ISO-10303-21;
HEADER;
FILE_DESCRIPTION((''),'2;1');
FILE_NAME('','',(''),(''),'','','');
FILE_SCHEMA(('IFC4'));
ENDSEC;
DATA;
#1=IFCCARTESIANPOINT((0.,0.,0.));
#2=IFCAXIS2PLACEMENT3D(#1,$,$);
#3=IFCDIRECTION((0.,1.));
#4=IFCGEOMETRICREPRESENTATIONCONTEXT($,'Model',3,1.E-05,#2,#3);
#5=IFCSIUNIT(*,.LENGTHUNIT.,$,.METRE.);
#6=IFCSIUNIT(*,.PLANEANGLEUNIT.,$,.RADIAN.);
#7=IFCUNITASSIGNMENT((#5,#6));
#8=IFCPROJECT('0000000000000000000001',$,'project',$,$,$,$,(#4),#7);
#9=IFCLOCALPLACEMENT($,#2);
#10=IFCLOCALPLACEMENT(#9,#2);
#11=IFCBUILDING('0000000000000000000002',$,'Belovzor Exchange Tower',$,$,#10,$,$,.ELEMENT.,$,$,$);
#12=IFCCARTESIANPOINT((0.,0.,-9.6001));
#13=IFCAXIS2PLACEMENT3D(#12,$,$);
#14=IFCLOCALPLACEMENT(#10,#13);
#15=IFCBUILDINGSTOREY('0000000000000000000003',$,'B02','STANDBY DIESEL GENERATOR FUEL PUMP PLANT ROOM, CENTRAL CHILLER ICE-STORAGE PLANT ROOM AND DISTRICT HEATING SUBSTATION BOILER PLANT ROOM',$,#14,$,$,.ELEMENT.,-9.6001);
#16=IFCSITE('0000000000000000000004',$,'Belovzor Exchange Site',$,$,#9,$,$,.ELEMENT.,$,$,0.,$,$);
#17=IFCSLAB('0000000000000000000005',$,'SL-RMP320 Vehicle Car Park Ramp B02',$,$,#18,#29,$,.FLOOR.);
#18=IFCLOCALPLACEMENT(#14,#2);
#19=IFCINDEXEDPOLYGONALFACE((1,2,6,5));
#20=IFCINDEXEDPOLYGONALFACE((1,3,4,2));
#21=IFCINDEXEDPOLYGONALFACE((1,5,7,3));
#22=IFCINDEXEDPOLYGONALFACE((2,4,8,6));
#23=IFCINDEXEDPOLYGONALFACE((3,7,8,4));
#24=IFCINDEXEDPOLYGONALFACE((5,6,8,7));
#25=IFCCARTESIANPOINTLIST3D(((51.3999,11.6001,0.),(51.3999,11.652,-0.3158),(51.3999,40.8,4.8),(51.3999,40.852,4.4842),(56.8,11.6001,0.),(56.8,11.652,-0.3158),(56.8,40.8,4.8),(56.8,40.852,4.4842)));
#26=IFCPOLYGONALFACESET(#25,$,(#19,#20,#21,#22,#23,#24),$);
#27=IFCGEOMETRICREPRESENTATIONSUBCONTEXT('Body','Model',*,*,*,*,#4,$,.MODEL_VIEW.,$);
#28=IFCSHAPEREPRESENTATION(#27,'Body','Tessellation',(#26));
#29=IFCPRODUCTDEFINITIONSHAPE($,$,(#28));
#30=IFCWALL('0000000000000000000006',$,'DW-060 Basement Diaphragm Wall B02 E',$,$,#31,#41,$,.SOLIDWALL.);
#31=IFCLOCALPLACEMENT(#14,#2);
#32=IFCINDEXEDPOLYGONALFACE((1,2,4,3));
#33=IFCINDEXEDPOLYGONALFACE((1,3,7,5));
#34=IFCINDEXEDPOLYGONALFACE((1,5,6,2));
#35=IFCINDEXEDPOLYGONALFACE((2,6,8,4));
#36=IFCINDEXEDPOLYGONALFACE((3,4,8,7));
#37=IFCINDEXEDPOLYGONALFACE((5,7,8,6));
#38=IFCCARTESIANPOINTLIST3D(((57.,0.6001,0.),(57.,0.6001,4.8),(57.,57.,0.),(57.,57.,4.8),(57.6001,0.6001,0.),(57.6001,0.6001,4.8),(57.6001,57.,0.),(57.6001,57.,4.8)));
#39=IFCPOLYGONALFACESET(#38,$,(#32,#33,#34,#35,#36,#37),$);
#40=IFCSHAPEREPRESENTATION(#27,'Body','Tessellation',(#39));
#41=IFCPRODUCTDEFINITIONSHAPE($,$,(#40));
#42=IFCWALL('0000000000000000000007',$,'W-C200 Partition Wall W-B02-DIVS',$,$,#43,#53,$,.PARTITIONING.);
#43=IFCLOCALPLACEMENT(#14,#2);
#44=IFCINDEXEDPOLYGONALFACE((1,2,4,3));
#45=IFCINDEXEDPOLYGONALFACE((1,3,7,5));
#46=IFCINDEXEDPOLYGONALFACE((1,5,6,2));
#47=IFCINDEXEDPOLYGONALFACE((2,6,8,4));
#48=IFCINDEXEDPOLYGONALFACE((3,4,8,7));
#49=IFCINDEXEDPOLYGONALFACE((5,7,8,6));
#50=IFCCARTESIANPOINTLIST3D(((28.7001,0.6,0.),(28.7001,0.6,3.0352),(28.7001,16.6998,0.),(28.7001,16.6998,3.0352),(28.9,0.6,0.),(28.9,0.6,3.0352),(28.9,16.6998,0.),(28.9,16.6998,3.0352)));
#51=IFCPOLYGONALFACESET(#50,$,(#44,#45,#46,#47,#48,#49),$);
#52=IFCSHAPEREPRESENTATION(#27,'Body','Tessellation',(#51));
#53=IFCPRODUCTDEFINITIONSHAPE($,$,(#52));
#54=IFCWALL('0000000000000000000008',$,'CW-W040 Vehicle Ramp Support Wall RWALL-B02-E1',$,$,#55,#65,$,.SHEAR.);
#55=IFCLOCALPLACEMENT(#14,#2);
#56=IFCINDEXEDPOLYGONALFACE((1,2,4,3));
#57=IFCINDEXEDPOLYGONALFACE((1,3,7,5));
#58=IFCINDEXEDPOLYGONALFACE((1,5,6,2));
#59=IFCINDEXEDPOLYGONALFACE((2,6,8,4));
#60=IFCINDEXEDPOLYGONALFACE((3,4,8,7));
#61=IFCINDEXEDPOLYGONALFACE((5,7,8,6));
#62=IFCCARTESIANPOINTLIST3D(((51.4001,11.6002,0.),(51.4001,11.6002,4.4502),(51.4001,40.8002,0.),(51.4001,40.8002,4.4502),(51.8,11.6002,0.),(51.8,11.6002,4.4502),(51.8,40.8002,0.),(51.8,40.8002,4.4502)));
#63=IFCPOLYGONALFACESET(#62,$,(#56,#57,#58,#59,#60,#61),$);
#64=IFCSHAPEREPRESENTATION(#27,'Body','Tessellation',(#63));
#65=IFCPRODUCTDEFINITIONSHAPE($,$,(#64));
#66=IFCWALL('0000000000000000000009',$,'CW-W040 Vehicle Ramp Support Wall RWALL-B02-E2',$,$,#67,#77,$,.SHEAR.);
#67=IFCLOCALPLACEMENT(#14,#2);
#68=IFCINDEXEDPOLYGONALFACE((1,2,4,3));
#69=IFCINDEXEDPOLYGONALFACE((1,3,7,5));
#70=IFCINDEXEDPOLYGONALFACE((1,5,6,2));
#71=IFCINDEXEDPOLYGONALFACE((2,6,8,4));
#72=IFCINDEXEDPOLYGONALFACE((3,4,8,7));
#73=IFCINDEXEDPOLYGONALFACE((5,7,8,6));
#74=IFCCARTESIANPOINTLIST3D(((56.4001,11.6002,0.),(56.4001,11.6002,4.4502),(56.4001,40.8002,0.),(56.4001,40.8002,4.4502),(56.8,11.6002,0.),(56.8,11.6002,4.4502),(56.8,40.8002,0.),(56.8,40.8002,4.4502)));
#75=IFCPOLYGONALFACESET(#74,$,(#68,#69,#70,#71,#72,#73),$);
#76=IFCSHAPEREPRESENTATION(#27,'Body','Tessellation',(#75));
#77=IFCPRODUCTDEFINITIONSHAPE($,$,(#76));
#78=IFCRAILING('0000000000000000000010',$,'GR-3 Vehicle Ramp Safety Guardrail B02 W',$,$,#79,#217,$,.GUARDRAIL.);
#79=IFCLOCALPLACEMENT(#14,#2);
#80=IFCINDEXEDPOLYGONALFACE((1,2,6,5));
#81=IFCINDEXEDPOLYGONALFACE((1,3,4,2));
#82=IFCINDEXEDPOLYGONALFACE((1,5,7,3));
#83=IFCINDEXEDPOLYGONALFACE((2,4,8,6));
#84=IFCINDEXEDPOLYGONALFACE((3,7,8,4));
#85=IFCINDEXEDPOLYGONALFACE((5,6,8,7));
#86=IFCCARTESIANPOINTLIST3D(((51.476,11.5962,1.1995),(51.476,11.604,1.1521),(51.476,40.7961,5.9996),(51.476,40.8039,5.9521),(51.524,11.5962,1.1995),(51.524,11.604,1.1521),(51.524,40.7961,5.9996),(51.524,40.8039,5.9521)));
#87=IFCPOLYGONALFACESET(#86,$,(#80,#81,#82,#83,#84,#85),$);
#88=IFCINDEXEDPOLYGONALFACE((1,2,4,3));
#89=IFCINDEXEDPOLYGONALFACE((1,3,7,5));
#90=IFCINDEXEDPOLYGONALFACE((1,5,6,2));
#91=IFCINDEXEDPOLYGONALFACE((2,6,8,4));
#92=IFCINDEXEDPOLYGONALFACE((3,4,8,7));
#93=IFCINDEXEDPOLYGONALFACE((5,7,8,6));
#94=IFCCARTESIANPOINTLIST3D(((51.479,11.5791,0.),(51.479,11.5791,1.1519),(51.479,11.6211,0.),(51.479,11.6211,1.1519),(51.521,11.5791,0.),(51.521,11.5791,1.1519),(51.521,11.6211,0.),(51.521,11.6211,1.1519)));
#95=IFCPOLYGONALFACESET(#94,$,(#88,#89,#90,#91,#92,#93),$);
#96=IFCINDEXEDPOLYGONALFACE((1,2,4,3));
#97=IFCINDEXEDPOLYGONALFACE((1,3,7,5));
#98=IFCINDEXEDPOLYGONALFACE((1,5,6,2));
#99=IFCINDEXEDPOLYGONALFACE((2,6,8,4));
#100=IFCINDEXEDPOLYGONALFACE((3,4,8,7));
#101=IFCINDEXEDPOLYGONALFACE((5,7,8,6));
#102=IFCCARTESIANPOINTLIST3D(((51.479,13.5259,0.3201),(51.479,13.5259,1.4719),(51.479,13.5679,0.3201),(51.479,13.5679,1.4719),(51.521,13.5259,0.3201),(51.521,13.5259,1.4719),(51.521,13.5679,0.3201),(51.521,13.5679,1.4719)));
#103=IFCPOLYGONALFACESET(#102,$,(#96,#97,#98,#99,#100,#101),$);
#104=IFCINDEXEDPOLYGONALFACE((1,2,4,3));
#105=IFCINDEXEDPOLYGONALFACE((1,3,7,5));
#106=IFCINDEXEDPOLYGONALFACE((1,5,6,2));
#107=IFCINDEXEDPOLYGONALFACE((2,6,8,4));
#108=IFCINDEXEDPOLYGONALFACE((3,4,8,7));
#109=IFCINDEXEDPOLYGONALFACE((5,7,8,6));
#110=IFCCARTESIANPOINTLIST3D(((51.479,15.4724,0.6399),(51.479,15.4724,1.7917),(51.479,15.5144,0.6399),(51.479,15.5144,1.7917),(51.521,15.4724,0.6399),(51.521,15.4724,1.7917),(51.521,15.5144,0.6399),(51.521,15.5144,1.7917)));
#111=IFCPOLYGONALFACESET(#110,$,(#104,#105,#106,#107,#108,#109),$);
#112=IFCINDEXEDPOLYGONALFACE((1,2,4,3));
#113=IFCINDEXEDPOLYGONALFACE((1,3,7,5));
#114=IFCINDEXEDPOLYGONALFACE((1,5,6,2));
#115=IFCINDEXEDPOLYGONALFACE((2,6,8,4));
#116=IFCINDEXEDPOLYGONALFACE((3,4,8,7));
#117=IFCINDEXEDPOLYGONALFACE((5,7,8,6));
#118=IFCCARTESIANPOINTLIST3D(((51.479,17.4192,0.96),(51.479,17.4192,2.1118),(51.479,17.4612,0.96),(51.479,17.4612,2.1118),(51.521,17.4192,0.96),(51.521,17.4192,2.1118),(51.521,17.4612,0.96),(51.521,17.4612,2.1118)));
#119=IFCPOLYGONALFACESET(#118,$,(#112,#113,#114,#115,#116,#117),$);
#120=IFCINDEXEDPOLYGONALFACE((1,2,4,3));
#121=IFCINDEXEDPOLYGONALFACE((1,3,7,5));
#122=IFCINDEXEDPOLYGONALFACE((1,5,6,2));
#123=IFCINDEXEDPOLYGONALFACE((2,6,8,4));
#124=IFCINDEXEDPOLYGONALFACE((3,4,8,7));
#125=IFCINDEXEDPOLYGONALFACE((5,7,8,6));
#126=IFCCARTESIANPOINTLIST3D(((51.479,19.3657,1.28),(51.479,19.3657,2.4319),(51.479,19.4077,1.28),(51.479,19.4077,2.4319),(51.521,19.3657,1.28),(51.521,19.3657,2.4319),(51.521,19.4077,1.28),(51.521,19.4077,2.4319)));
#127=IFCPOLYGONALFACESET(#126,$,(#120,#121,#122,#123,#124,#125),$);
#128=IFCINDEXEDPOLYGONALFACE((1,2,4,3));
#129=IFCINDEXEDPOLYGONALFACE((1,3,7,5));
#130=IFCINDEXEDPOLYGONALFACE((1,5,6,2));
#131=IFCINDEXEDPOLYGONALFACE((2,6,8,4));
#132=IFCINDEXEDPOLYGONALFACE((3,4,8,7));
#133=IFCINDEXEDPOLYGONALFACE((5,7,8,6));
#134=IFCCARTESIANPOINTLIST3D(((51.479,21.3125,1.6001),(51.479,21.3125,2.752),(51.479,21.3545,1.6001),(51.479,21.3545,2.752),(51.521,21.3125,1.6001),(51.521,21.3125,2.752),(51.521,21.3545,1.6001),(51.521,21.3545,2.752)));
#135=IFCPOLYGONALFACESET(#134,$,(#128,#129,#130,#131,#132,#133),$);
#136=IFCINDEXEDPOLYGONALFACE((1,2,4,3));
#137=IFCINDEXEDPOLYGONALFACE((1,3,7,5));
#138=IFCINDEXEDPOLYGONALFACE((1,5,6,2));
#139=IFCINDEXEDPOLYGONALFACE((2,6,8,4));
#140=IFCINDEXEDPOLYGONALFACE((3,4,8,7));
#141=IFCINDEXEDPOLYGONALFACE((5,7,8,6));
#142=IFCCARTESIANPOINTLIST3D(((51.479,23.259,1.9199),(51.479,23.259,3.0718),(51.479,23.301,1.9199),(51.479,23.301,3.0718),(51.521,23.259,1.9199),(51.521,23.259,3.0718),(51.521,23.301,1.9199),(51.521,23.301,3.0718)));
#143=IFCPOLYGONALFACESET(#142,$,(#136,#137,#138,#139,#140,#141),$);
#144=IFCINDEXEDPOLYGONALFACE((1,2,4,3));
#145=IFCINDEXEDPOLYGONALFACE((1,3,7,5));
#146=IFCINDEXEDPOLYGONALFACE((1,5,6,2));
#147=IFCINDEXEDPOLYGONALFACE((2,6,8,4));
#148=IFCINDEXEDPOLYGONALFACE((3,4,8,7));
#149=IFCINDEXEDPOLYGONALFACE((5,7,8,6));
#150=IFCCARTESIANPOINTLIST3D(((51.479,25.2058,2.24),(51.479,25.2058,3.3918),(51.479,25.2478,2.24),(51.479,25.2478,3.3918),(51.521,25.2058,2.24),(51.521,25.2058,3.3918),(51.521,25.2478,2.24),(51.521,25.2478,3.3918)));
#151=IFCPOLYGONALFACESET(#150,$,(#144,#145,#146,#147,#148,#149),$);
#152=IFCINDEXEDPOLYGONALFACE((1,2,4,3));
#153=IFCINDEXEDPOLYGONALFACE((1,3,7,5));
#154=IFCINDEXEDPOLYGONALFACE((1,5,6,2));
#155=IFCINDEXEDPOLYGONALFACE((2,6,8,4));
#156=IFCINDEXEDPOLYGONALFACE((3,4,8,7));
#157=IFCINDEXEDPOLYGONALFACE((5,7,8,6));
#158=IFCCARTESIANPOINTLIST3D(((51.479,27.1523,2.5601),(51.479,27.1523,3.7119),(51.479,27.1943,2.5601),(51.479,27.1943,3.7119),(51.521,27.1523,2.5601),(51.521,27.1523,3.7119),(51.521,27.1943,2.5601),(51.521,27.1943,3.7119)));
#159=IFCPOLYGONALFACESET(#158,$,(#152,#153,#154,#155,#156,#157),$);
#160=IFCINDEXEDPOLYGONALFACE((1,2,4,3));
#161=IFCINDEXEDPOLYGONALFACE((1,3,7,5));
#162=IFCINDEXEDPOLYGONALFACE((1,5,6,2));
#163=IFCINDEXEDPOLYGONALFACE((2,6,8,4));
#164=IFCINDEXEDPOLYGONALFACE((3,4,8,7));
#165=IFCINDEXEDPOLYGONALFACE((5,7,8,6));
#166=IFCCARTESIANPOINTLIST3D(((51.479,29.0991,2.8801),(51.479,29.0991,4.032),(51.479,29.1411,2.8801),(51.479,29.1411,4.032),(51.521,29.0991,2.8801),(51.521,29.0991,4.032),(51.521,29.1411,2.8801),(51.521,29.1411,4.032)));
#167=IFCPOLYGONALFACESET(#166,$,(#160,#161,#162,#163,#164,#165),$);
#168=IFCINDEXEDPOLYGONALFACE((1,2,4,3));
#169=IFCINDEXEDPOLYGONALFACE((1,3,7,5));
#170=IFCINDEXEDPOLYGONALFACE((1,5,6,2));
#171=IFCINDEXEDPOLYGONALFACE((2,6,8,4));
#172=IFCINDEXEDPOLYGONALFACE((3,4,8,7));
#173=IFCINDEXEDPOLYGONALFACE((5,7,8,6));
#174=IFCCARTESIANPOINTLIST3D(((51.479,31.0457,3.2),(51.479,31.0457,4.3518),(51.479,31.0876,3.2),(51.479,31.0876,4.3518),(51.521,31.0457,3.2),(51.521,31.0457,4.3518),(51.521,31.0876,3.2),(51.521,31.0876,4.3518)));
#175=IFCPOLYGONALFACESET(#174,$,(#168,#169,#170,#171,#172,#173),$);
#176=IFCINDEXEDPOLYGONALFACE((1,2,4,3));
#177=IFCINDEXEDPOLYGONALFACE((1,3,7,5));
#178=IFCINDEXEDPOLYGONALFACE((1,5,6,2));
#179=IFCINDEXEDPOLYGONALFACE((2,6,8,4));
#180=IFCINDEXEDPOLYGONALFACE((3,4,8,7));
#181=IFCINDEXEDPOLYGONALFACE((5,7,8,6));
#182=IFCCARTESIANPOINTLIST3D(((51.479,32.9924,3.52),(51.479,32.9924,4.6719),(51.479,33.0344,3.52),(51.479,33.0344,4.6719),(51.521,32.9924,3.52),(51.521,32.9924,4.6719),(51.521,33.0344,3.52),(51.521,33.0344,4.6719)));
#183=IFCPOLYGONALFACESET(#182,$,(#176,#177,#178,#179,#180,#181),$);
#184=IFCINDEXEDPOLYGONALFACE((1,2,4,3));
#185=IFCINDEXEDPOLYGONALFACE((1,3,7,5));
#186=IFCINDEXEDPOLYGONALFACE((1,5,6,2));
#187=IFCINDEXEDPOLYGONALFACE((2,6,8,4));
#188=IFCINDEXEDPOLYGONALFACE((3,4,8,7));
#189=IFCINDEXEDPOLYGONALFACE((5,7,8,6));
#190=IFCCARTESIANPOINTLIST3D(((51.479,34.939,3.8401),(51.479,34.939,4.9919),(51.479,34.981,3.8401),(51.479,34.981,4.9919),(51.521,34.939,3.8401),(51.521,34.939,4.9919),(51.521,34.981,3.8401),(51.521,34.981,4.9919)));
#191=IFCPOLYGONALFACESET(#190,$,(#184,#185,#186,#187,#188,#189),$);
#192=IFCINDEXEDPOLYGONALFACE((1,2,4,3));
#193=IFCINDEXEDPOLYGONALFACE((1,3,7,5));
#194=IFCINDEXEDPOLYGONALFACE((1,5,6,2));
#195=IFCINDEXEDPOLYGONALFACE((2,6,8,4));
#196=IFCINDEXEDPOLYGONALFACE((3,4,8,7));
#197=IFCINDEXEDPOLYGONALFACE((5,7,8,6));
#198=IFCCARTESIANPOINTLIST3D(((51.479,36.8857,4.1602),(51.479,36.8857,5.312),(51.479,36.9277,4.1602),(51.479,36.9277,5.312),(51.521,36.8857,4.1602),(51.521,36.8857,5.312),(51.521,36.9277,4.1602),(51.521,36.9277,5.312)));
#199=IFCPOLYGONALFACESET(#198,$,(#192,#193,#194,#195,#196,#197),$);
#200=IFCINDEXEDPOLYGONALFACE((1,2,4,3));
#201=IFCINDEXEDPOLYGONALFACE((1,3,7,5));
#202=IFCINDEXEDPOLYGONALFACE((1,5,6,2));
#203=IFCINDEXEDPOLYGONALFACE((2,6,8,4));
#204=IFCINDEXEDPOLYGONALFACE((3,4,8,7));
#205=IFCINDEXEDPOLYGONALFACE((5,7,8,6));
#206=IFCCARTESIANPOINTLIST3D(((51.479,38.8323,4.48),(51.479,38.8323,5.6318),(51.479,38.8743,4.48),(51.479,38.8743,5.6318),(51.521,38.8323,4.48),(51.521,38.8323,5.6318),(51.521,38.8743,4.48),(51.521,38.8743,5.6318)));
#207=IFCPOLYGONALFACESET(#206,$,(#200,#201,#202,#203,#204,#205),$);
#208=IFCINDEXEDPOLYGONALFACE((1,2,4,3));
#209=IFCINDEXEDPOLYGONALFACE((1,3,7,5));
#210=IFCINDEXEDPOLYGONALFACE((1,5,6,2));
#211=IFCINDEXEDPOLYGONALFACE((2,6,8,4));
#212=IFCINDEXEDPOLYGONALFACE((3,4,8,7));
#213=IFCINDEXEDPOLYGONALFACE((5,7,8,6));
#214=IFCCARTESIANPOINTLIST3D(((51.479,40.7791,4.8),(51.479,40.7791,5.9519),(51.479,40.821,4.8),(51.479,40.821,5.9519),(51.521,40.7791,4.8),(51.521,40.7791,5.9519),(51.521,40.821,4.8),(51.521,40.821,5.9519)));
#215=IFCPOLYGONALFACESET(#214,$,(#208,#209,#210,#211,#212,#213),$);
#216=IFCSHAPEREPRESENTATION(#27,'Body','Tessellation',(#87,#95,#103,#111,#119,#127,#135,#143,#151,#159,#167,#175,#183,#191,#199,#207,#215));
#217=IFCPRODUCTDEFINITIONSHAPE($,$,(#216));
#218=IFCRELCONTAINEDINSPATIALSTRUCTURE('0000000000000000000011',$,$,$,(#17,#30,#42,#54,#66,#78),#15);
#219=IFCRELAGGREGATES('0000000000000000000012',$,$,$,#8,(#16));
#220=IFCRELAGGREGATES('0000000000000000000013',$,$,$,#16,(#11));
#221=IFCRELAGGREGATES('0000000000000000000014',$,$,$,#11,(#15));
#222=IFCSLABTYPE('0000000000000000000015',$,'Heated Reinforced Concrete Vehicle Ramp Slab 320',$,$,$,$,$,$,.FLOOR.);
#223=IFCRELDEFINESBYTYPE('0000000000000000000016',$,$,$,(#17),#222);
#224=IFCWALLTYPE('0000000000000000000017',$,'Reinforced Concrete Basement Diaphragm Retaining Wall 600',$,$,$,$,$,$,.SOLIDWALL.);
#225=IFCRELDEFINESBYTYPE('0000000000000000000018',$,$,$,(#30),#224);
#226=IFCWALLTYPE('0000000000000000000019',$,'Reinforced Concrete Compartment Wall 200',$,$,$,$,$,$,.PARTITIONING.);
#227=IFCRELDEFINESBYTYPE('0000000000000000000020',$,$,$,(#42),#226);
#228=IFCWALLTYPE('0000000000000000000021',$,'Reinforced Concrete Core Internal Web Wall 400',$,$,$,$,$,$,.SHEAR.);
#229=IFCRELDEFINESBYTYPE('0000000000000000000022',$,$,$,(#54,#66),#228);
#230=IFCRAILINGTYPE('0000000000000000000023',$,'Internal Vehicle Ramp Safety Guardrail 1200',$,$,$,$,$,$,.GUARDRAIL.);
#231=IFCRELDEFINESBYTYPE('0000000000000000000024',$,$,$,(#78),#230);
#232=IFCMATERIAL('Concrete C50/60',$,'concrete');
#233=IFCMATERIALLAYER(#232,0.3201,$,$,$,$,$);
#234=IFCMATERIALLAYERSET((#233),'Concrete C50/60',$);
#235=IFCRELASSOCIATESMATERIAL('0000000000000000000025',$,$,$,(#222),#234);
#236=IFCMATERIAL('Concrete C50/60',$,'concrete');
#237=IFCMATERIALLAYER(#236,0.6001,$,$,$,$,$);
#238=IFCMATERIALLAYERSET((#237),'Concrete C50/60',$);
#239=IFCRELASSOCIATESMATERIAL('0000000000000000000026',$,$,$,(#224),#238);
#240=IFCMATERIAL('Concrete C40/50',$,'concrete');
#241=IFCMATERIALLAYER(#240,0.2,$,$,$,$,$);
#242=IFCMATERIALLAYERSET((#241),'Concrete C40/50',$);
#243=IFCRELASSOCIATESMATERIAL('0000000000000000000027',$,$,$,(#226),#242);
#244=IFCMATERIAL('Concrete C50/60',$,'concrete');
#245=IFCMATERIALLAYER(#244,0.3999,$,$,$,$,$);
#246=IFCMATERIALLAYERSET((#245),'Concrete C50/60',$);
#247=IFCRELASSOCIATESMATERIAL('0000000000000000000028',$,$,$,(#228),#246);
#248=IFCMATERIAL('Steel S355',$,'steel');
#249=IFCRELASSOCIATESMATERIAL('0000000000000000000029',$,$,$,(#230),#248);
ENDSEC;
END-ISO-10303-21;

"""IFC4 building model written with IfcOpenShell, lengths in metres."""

from ifc_helpers import new_model, si_unit, direction, frame, frame_2d, origin, origin_2d, place, context, subcontext, project, spatial, polyline, rectangle, outline, extrude, material, layer, layer_set, type_object, element, save


model = new_model("IFC4")

# Units and contexts
model_context = context("Model", 3, precision=1e-05, world=origin(), true_north=direction((0.0, 1.0)))
body_context = subcontext(model_context, "Body", "Model", "MODEL_VIEW")
ifc_project = project(units=[si_unit("LENGTHUNIT", "METRE"), si_unit("PLANEANGLEUNIT", "RADIAN")], contexts=[model_context])

# Site, building, storey
site_placement = place(None, origin())
site = spatial("IfcSite", under=ifc_project, at=site_placement, Name="Belovzor Exchange Site", CompositionType="ELEMENT", RefElevation=0.0)
building_placement = place(site_placement, origin())
building = spatial("IfcBuilding", under=site, at=building_placement, Name="Belovzor Exchange Tower", CompositionType="ELEMENT")
storey_placement = place(building_placement, frame((0.0, 0.0, -9.6001)))
storey = spatial("IfcBuildingStorey", under=building, at=storey_placement, Name="B02", Description="STANDBY DIESEL GENERATOR FUEL PUMP PLANT ROOM, CENTRAL CHILLER ICE-STORAGE PLANT ROOM AND DISTRICT HEATING SUBSTATION BOILER PLANT ROOM", CompositionType="ELEMENT", Elevation=-9.6001)

# Slab
ifc_material_1 = material(Name="Concrete C50/60", Category="concrete")
ifc_layer_1 = layer(ifc_material_1, 0.3201)
ifc_layer_set_1 = layer_set([ifc_layer_1], Name="Concrete C50/60")
slab_type = type_object("IfcSlabType", Name="Heated Reinforced Concrete Vehicle Ramp Slab 320", PredefinedType="FLOOR", material=ifc_layer_set_1)
slab_placement = place(storey_placement, frame((51.3999, 11.6001, 0.0), z_axis=(0.0, -0.162208, 0.986757), x_axis=(1.0, 0.0, 0.0)))
element("IfcSlab", 1, at=slab_placement, inside=storey, type_object=slab_type, Name="SL-RMP320 Vehicle Car Park Ramp B02", PredefinedType="FLOOR", context=body_context, shape_type="SweptSolid", body=[
    extrude(outline(polyline([(0.0, 0.0), (5.4001, 0.0), (5.4001, 29.5919), (0.0, 29.5919), (0.0, 0.0)])), origin(), (0.0, 0.0, -1.0), 0.3201),
])

# Walls
ifc_material_2 = material(Name="Concrete C50/60", Category="concrete")
ifc_layer_2 = layer(ifc_material_2, 0.6001)
ifc_layer_set_2 = layer_set([ifc_layer_2], Name="Concrete C50/60")
wall_type_1 = type_object("IfcWallType", Name="Reinforced Concrete Basement Diaphragm Retaining Wall 600", PredefinedType="SOLIDWALL", material=ifc_layer_set_2)
wall_1_placement = place(storey_placement, frame((57.3, 0.6001, 0.0), z_axis=(0.0, 0.0, 1.0), x_axis=(0.0, 1.0, 0.0)))
element("IfcWall", 2, at=wall_1_placement, inside=storey, type_object=wall_type_1, Name="DW-060 Basement Diaphragm Wall B02 E", PredefinedType="SOLIDWALL", context=body_context, shape_type="SweptSolid", body=[
    extrude(rectangle(XDim=56.3999, YDim=0.6001, at=frame_2d((28.2, 0.0))), origin(), (0.0, 0.0, 1.0), 4.8),
])
ifc_material_3 = material(Name="Concrete C40/50", Category="concrete")
ifc_layer_3 = layer(ifc_material_3, 0.2)
ifc_layer_set_3 = layer_set([ifc_layer_3], Name="Concrete C40/50")
wall_type_2 = type_object("IfcWallType", Name="Reinforced Concrete Compartment Wall 200", PredefinedType="PARTITIONING", material=ifc_layer_set_3)
wall_2_placement = place(storey_placement, frame((28.8, 0.6001, 0.0), z_axis=(0.0, 0.0, 1.0), x_axis=(0.0, 1.0, 0.0)))
element("IfcWall", 3, at=wall_2_placement, inside=storey, type_object=wall_type_2, Name="W-C200 Partition Wall W-B02-DIVS", PredefinedType="PARTITIONING", context=body_context, shape_type="SweptSolid", body=[
    extrude(rectangle(XDim=16.0999, YDim=0.2, at=frame_2d((8.0498, 0.0))), origin(), (0.0, 0.0, 1.0), 3.0352),
])
ifc_material_4 = material(Name="Concrete C50/60", Category="concrete")
ifc_layer_4 = layer(ifc_material_4, 0.3999)
ifc_layer_set_4 = layer_set([ifc_layer_4], Name="Concrete C50/60")
wall_type_3 = type_object("IfcWallType", Name="Reinforced Concrete Core Internal Web Wall 400", PredefinedType="SHEAR", material=ifc_layer_set_4)
for number, where, z_axis, x_axis, name in (
    (4, (51.6001, 11.6001, 0.0), (0.0, 0.0, 1.0), (0.0, 1.0, 0.0), "CW-W040 Vehicle Ramp Support Wall RWALL-B02-E1"),
    (5, (56.6001, 11.6001, 0.0), (0.0, 0.0, 1.0), (0.0, 1.0, 0.0), "CW-W040 Vehicle Ramp Support Wall RWALL-B02-E2"),
):
    element("IfcWall", number, at=place(storey_placement, frame(where, z_axis=z_axis, x_axis=x_axis)), inside=storey, type_object=wall_type_3, Name=name, PredefinedType="SHEAR", context=body_context, shape_type="SweptSolid", body=[
        extrude(rectangle(XDim=29.2, YDim=0.3999, at=frame_2d((14.6001, 0.0))), origin(), (0.0, 0.0, 1.0), 4.4502),
    ])

# Railing
ifc_material_5 = material(Name="Steel S355", Category="steel")
railing_type = type_object("IfcRailingType", Name="Internal Vehicle Ramp Safety Guardrail 1200", PredefinedType="GUARDRAIL", material=ifc_material_5)
railing_1_placement = place(storey_placement, frame((51.5, 11.6001, 0.0)))
element("IfcRailing", 6, at=railing_1_placement, inside=storey, type_object=railing_type, Name="GR-3 Vehicle Ramp Safety Guardrail B02 W", PredefinedType="GUARDRAIL", context=body_context, shape_type="SweptSolid", body=[
    extrude(rectangle(XDim=0.0481, YDim=0.0481, at=origin_2d()), frame((0.0, 0.0, 1.1758), z_axis=(0.0, 0.986757, 0.162208), x_axis=(-1.0, 0.0, 0.0)), (0.0, 0.0, 1.0), 29.5918),
    extrude(rectangle(XDim=0.042, YDim=0.042, at=origin_2d()), origin(), (0.0, 0.0, 1.0), 1.1519),
    extrude(rectangle(XDim=0.042, YDim=0.042, at=origin_2d()), frame((0.0, 1.9468, 0.3201)), (0.0, 0.0, 1.0), 1.1519),
    extrude(rectangle(XDim=0.042, YDim=0.042, at=origin_2d()), frame((0.0, 3.8933, 0.6399)), (0.0, 0.0, 1.0), 1.1519),
    extrude(rectangle(XDim=0.042, YDim=0.042, at=origin_2d()), frame((0.0, 5.8401, 0.96)), (0.0, 0.0, 1.0), 1.1519),
    extrude(rectangle(XDim=0.042, YDim=0.042, at=origin_2d()), frame((0.0, 7.7866, 1.28)), (0.0, 0.0, 1.0), 1.1519),
    extrude(rectangle(XDim=0.042, YDim=0.042, at=origin_2d()), frame((0.0, 9.7334, 1.6001)), (0.0, 0.0, 1.0), 1.1519),
    extrude(rectangle(XDim=0.042, YDim=0.042, at=origin_2d()), frame((0.0, 11.6799, 1.9199)), (0.0, 0.0, 1.0), 1.1519),
    extrude(rectangle(XDim=0.042, YDim=0.042, at=origin_2d()), frame((0.0, 13.6267, 2.24)), (0.0, 0.0, 1.0), 1.1519),
    extrude(rectangle(XDim=0.042, YDim=0.042, at=origin_2d()), frame((0.0, 15.5732, 2.5601)), (0.0, 0.0, 1.0), 1.1519),
    extrude(rectangle(XDim=0.042, YDim=0.042, at=origin_2d()), frame((0.0, 17.52, 2.8801)), (0.0, 0.0, 1.0), 1.1519),
    extrude(rectangle(XDim=0.042, YDim=0.042, at=origin_2d()), frame((0.0, 19.4666, 3.2)), (0.0, 0.0, 1.0), 1.1519),
    extrude(rectangle(XDim=0.042, YDim=0.042, at=origin_2d()), frame((0.0, 21.4133, 3.52)), (0.0, 0.0, 1.0), 1.1519),
    extrude(rectangle(XDim=0.042, YDim=0.042, at=origin_2d()), frame((0.0, 23.3599, 3.8401)), (0.0, 0.0, 1.0), 1.1519),
    extrude(rectangle(XDim=0.042, YDim=0.042, at=origin_2d()), frame((0.0, 25.3066, 4.1602)), (0.0, 0.0, 1.0), 1.1519),
    extrude(rectangle(XDim=0.042, YDim=0.042, at=origin_2d()), frame((0.0, 27.2532, 4.48)), (0.0, 0.0, 1.0), 1.1519),
    extrude(rectangle(XDim=0.042, YDim=0.042, at=origin_2d()), frame((0.0, 29.2, 4.8)), (0.0, 0.0, 1.0), 1.1519),
])

save(model, "model.ifc")
